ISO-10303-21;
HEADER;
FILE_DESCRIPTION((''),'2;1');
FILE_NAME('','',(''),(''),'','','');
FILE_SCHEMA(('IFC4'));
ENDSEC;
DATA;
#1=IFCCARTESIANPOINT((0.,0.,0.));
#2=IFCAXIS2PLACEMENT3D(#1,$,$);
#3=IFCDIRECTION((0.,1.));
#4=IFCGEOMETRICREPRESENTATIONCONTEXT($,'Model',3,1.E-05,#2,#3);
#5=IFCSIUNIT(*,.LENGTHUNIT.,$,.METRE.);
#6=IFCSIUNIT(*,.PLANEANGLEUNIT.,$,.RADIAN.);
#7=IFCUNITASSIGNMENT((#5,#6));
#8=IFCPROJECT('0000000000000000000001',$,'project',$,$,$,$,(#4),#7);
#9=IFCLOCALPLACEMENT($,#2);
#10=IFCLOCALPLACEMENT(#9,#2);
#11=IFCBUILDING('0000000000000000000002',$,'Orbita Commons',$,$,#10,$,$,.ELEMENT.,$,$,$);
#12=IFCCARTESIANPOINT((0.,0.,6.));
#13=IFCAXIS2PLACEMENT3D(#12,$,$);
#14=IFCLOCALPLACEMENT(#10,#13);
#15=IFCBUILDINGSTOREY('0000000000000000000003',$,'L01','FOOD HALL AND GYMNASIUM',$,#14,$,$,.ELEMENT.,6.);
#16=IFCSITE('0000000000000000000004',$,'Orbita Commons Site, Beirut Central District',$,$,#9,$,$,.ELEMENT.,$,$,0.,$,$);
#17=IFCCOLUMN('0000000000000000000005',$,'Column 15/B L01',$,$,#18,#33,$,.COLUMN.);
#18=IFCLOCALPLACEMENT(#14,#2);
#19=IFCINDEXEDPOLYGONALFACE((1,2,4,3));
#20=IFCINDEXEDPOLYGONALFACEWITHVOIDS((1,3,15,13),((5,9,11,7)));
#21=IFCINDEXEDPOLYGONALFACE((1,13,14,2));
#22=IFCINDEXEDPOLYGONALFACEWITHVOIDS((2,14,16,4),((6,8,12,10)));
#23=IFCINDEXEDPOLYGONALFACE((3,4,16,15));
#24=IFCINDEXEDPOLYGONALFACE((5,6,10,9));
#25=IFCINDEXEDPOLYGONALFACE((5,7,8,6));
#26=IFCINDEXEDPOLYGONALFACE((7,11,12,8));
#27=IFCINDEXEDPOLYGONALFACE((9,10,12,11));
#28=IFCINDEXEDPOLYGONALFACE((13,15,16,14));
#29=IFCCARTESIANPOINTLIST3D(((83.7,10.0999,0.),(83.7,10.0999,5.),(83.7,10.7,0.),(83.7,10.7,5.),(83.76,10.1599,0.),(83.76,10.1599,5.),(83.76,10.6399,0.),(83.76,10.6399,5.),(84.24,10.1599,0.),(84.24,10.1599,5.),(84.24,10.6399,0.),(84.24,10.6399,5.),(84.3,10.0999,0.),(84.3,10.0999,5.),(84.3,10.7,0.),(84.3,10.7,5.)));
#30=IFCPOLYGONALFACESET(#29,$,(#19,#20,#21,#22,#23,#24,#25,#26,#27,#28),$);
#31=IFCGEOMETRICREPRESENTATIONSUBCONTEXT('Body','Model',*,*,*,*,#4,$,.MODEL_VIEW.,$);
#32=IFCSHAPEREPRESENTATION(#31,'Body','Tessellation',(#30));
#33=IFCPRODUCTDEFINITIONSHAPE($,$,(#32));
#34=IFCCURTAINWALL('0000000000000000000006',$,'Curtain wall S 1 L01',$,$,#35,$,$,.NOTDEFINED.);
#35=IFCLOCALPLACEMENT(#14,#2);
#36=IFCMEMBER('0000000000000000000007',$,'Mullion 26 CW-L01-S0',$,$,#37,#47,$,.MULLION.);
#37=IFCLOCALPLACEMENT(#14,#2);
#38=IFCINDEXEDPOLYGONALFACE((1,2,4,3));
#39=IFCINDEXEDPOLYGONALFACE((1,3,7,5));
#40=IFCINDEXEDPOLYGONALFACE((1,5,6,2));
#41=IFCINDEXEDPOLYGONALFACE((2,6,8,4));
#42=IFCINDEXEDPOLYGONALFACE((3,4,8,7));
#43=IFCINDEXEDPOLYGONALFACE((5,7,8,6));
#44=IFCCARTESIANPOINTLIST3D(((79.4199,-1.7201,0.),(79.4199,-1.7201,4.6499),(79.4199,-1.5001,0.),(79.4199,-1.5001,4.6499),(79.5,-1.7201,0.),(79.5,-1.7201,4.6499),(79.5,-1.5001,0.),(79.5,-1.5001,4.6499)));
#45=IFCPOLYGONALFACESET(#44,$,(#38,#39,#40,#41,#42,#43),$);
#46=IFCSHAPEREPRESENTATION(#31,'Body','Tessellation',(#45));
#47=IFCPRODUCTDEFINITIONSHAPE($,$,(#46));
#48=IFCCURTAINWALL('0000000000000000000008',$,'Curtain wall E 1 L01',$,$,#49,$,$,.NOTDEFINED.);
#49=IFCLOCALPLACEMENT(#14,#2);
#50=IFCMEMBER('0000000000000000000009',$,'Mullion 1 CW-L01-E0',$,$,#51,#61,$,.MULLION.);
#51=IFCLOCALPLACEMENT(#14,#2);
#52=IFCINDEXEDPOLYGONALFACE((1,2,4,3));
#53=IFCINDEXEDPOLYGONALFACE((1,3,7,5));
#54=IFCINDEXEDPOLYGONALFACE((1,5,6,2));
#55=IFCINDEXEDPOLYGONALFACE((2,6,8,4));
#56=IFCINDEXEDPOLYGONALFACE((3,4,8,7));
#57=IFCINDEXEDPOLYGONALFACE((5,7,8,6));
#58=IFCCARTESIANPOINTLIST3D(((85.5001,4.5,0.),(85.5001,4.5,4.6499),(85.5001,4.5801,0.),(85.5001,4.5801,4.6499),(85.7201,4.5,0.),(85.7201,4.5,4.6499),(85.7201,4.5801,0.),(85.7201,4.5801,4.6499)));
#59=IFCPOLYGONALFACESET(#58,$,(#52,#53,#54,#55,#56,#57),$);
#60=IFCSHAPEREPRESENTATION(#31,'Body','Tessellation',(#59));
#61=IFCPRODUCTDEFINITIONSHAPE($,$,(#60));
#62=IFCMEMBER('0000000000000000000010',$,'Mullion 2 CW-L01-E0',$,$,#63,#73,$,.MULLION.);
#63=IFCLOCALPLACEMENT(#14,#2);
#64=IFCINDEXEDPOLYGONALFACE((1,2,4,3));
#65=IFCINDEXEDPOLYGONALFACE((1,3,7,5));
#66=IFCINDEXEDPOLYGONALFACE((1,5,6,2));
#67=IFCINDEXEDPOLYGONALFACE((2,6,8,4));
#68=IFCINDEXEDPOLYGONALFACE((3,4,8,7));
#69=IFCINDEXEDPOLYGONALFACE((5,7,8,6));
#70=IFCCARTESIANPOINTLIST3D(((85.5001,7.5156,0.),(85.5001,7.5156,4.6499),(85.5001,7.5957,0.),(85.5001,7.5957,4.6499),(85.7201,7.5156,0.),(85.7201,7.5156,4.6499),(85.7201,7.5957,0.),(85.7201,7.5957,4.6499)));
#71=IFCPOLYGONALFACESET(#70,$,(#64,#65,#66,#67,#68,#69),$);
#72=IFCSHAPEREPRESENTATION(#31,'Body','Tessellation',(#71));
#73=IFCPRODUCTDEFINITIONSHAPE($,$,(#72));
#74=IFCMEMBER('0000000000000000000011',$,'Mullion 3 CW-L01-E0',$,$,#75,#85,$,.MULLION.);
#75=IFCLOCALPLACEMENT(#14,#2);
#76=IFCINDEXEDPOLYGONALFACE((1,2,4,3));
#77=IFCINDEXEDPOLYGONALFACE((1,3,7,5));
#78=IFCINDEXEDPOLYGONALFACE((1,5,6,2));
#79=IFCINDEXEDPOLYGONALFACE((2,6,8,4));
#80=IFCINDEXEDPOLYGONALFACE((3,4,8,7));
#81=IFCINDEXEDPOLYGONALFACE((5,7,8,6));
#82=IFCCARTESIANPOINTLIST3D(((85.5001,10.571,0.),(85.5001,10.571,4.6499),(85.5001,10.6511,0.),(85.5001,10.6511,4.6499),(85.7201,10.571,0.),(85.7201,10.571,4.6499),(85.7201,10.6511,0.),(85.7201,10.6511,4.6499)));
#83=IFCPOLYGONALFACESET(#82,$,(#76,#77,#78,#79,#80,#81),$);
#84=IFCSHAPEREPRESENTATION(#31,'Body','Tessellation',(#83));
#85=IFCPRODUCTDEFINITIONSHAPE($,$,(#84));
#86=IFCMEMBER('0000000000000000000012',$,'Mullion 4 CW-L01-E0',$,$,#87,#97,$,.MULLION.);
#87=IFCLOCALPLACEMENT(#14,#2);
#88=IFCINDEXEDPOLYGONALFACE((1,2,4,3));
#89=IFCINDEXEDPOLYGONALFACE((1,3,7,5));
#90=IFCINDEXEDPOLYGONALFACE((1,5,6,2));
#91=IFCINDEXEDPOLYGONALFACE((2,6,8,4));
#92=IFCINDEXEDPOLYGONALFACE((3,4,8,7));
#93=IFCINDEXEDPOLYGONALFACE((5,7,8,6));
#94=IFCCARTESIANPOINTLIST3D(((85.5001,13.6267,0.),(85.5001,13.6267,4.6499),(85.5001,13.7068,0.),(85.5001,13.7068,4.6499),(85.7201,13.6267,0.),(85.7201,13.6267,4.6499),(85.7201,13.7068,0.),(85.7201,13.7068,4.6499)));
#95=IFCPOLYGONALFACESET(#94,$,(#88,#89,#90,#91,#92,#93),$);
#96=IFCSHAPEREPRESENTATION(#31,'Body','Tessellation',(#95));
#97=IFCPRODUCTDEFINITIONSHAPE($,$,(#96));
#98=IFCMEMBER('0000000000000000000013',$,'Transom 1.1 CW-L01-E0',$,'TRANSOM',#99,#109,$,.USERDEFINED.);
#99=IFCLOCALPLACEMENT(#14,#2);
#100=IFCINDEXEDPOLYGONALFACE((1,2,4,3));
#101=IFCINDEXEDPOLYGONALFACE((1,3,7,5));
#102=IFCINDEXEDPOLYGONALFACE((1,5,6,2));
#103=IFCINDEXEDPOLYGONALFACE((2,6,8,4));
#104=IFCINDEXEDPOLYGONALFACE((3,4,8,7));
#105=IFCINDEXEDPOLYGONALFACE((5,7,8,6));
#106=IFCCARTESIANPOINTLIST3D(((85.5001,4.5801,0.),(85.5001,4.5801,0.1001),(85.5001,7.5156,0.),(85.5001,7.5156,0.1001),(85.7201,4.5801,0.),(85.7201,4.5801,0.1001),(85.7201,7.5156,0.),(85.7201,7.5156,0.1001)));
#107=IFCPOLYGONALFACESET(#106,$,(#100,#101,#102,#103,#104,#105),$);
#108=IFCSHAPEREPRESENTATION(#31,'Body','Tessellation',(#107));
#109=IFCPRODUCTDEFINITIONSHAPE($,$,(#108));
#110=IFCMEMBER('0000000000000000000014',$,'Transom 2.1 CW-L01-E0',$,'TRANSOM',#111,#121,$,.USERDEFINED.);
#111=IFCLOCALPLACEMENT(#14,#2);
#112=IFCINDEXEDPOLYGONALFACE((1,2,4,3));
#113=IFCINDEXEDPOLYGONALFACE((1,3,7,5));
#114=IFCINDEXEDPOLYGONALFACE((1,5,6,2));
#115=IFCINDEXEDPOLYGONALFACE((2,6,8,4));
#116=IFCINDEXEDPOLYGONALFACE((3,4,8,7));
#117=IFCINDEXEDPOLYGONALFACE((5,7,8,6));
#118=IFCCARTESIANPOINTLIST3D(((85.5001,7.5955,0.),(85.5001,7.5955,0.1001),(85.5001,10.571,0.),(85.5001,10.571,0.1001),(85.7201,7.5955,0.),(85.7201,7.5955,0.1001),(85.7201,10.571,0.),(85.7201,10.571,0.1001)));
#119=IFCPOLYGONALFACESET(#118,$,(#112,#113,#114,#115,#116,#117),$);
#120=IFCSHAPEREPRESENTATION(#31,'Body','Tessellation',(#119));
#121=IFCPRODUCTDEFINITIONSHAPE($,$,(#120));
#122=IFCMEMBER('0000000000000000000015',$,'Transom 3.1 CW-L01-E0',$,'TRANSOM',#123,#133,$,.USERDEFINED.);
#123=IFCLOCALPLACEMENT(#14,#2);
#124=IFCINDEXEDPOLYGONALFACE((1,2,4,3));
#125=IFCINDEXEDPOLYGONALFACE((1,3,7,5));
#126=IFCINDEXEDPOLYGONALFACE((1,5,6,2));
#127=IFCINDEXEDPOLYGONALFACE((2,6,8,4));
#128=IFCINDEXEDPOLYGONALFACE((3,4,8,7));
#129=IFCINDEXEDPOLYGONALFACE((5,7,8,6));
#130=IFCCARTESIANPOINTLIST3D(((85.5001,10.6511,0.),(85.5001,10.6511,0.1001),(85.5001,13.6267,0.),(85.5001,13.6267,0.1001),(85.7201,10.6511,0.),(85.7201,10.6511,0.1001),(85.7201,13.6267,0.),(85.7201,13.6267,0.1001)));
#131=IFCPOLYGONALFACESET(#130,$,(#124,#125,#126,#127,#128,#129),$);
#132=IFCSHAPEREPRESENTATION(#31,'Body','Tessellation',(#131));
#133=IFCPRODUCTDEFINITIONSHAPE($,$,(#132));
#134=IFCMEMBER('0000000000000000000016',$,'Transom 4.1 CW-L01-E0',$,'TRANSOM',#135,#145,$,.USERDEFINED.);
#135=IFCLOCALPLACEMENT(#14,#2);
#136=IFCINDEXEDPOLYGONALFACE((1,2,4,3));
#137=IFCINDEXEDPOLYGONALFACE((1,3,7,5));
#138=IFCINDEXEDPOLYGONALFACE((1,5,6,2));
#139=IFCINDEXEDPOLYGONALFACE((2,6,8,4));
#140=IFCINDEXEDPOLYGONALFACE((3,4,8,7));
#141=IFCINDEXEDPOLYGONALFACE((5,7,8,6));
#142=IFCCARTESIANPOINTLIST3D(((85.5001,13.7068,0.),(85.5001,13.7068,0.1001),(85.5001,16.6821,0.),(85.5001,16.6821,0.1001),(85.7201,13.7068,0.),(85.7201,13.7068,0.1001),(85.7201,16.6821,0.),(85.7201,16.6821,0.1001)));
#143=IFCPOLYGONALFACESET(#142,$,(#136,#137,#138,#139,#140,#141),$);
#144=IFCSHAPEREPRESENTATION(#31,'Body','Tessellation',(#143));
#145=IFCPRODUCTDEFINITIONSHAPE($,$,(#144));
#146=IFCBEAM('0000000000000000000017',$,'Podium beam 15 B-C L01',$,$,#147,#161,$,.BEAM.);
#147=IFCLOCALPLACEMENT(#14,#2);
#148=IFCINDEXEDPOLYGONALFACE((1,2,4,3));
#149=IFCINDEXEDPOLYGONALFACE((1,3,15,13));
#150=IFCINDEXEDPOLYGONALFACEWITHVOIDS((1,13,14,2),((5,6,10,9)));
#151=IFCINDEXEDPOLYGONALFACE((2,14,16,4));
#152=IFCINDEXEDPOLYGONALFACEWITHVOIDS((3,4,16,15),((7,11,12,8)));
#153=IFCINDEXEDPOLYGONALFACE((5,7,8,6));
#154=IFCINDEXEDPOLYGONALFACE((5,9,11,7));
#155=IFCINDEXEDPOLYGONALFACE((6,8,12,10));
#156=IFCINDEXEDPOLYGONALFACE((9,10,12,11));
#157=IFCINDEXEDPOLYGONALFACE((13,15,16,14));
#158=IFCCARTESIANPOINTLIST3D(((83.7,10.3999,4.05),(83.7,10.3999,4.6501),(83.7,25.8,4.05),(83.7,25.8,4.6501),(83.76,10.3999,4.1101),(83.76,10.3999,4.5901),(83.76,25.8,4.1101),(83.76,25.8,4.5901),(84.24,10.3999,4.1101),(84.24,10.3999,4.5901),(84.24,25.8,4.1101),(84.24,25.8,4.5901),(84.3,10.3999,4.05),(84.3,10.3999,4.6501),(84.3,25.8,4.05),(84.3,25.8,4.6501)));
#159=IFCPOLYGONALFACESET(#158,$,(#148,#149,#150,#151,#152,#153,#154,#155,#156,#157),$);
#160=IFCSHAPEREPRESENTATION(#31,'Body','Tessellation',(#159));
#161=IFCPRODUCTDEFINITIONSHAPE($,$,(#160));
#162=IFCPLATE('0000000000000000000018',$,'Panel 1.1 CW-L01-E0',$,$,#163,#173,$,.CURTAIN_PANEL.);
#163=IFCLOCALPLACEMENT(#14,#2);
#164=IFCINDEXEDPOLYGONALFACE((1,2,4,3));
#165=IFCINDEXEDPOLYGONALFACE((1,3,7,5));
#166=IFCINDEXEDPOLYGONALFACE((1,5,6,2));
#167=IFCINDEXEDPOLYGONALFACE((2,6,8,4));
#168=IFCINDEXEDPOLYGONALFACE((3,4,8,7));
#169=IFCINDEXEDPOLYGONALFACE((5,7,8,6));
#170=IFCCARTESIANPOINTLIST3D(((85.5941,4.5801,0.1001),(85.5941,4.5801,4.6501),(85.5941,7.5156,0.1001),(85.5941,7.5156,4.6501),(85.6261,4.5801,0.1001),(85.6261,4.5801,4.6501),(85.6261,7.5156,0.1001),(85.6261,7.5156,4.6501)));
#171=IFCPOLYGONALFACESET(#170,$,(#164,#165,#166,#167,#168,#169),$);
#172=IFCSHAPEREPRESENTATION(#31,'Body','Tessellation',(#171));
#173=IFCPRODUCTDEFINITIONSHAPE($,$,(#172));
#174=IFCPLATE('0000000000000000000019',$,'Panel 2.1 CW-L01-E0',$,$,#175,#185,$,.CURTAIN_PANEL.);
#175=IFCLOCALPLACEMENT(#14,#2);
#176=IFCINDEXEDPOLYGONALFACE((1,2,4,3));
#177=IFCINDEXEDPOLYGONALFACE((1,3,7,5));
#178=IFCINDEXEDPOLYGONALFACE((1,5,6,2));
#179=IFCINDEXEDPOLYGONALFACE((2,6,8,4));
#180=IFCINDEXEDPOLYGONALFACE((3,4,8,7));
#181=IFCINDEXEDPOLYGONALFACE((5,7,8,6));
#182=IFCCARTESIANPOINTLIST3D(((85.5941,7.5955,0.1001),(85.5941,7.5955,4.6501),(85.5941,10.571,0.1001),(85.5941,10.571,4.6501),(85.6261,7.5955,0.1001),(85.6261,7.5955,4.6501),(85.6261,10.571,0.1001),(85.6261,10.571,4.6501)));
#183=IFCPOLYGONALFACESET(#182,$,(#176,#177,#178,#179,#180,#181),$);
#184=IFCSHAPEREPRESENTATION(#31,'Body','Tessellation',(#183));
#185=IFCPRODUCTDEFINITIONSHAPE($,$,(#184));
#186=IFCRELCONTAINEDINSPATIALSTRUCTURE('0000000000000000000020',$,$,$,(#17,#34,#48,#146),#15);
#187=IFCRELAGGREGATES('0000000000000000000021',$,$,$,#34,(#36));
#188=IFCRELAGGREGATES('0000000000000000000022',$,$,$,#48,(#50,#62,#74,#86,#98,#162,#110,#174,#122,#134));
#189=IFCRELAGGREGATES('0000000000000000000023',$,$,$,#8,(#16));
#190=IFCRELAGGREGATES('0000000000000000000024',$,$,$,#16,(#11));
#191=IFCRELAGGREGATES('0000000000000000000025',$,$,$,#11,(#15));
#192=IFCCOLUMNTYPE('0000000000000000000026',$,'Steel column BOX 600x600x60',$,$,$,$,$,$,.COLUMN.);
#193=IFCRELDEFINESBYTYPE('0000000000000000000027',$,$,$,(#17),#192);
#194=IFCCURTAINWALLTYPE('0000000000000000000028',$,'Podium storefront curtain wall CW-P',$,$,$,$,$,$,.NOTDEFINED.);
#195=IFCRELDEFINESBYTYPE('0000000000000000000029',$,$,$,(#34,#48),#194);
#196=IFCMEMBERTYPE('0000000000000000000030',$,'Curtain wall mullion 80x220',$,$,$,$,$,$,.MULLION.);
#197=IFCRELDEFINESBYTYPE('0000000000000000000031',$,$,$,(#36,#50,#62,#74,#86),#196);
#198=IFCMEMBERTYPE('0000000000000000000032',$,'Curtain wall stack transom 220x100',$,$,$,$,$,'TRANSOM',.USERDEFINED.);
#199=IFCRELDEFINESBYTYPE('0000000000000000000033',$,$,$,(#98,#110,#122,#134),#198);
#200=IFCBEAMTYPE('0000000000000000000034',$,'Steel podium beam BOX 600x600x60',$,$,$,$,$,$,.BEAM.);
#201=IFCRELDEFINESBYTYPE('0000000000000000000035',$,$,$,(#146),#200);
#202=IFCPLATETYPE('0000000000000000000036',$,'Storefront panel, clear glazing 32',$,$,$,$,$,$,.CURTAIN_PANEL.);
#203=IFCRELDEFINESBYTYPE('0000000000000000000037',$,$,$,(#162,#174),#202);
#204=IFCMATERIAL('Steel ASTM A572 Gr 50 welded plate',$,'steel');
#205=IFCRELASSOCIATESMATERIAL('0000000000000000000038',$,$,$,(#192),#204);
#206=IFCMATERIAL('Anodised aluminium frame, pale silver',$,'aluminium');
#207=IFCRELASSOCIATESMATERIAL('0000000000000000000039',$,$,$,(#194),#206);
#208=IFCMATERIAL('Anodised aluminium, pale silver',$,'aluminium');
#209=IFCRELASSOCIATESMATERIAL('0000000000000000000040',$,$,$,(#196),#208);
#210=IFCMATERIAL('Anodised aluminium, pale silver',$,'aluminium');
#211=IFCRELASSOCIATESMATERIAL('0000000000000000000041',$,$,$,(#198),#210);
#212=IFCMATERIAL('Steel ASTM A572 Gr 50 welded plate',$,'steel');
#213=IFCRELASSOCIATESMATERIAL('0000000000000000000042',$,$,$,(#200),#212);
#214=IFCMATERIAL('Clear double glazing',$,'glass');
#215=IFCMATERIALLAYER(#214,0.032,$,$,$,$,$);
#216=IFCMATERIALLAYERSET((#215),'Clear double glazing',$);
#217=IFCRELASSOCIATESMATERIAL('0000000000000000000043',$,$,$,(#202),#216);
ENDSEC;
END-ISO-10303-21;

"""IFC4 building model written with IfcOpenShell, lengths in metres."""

from ifc_helpers import new_model, si_unit, direction, frame, origin, origin_2d, place, context, subcontext, project, spatial, rectangle, hollow_rectangle, extrude, material, layer, layer_set, material_profile, profile_set, type_object, element, aggregate, save


model = new_model("IFC4")

# Units and contexts
model_context = context("Model", 3, precision=1e-05, world=origin(), true_north=direction((0.0, 1.0)))
body_context = subcontext(model_context, "Body", "Model", "MODEL_VIEW")
ifc_project = project(units=[si_unit("LENGTHUNIT", "METRE"), si_unit("PLANEANGLEUNIT", "RADIAN")], contexts=[model_context])

# Site, building, storey
site_placement = place(None, origin())
site = spatial("IfcSite", under=ifc_project, at=site_placement, Name="Orbita Commons Site, Beirut Central District", CompositionType="ELEMENT", RefElevation=0.0)
building_placement = place(site_placement, origin())
building = spatial("IfcBuilding", under=site, at=building_placement, Name="Orbita Commons", CompositionType="ELEMENT")
storey_placement = place(building_placement, frame((0.0, 0.0, 6.0)))
storey = spatial("IfcBuildingStorey", under=building, at=storey_placement, Name="L01", Description="FOOD HALL AND GYMNASIUM", CompositionType="ELEMENT", Elevation=6.0)

# Column
ifc_material_1 = material(Name="Steel ASTM A572 Gr 50 welded plate", Category="steel")
ifc_material_profile_1 = material_profile(ifc_material_1, hollow_rectangle(XDim=0.6001, YDim=0.6001, WallThickness=0.0601, at=origin_2d()), Name="BOX 600x600x60")
ifc_profile_set_1 = profile_set([ifc_material_profile_1], Name="Steel ASTM A572 Gr 50 welded plate")
column_type = type_object("IfcColumnType", Name="Steel column BOX 600x600x60", PredefinedType="COLUMN", material=ifc_profile_set_1)
column_placement = place(storey_placement, frame((84.0, 10.3999, 0.0), z_axis=(0.0, 0.0, 1.0), x_axis=(1.0, 0.0, 0.0)))
element("IfcColumn", 1, at=column_placement, inside=storey, type_object=column_type, Name="Column 15/B L01", PredefinedType="COLUMN", context=body_context, shape_type="SweptSolid", body=[
    extrude(hollow_rectangle(XDim=0.6001, YDim=0.6001, WallThickness=0.0601, at=origin_2d()), origin(), (0.0, 0.0, 1.0), 5.0),
])

# Curtain wall, member
ifc_material_2 = material(Name="Anodised aluminium frame, pale silver", Category="aluminium")
curtain_wall_type = type_object("IfcCurtainWallType", Name="Podium storefront curtain wall CW-P", PredefinedType="NOTDEFINED", material=ifc_material_2)
curtain_wall_1_placement = place(storey_placement, origin())
curtain_wall_1 = element("IfcCurtainWall", 2, at=curtain_wall_1_placement, inside=storey, type_object=curtain_wall_type, Name="Curtain wall S 1 L01", PredefinedType="NOTDEFINED")
ifc_material_3 = material(Name="Anodised aluminium, pale silver", Category="aluminium")
ifc_material_profile_2 = material_profile(ifc_material_3, rectangle(XDim=0.0801, YDim=0.22, at=origin_2d()), Name="AL 80x220")
ifc_profile_set_2 = profile_set([ifc_material_profile_2], Name="Anodised aluminium, pale silver")
member_type_1 = type_object("IfcMemberType", Name="Curtain wall mullion 80x220", PredefinedType="MULLION", material=ifc_profile_set_2)
member_1_placement = place(storey_placement, frame((79.46, -1.6101, 0.0), z_axis=(0.0, 0.0, 1.0), x_axis=(1.0, 0.0, 0.0)))
member_1 = element("IfcMember", 3, at=member_1_placement, type_object=member_type_1, Name="Mullion 26 CW-L01-S0", PredefinedType="MULLION", context=body_context, shape_type="SweptSolid", body=[
    extrude(rectangle(XDim=0.0801, YDim=0.22, at=origin_2d()), origin(), (0.0, 0.0, 1.0), 4.6499),
])
aggregate(curtain_wall_1, [member_1])

# Curtain wall, members
curtain_wall_2_placement = place(storey_placement, origin())
curtain_wall_2 = element("IfcCurtainWall", 4, at=curtain_wall_2_placement, inside=storey, type_object=curtain_wall_type, Name="Curtain wall E 1 L01", PredefinedType="NOTDEFINED")
member_2_placement = place(storey_placement, frame((85.6101, 4.54, 0.0), z_axis=(0.0, 0.0, 1.0), x_axis=(0.0, 1.0, 0.0)))
member_2 = element("IfcMember", 5, at=member_2_placement, type_object=member_type_1, Name="Mullion 1 CW-L01-E0", PredefinedType="MULLION", context=body_context, shape_type="SweptSolid", body=[
    extrude(rectangle(XDim=0.0801, YDim=0.22, at=origin_2d()), origin(), (0.0, 0.0, 1.0), 4.6499),
])
member_3_placement = place(storey_placement, frame((85.6101, 7.5557, 0.0), z_axis=(0.0, 0.0, 1.0), x_axis=(0.0, 1.0, 0.0)))
member_3 = element("IfcMember", 6, at=member_3_placement, type_object=member_type_1, Name="Mullion 2 CW-L01-E0", PredefinedType="MULLION", context=body_context, shape_type="SweptSolid", body=[
    extrude(rectangle(XDim=0.0801, YDim=0.22, at=origin_2d()), origin(), (0.0, 0.0, 1.0), 4.6499),
])
member_4_placement = place(storey_placement, frame((85.6101, 10.6111, 0.0), z_axis=(0.0, 0.0, 1.0), x_axis=(0.0, 1.0, 0.0)))
member_4 = element("IfcMember", 7, at=member_4_placement, type_object=member_type_1, Name="Mullion 3 CW-L01-E0", PredefinedType="MULLION", context=body_context, shape_type="SweptSolid", body=[
    extrude(rectangle(XDim=0.0801, YDim=0.22, at=origin_2d()), origin(), (0.0, 0.0, 1.0), 4.6499),
])
member_5_placement = place(storey_placement, frame((85.6101, 13.6667, 0.0), z_axis=(0.0, 0.0, 1.0), x_axis=(0.0, 1.0, 0.0)))
member_5 = element("IfcMember", 8, at=member_5_placement, type_object=member_type_1, Name="Mullion 4 CW-L01-E0", PredefinedType="MULLION", context=body_context, shape_type="SweptSolid", body=[
    extrude(rectangle(XDim=0.0801, YDim=0.22, at=origin_2d()), origin(), (0.0, 0.0, 1.0), 4.6499),
])
ifc_material_4 = material(Name="Anodised aluminium, pale silver", Category="aluminium")
ifc_material_profile_3 = material_profile(ifc_material_4, rectangle(XDim=0.22, YDim=0.1001, at=origin_2d()), Name="AL 220x100")
ifc_profile_set_3 = profile_set([ifc_material_profile_3], Name="Anodised aluminium, pale silver")
member_type_2 = type_object("IfcMemberType", Name="Curtain wall stack transom 220x100", ElementType="TRANSOM", PredefinedType="USERDEFINED", material=ifc_profile_set_3)
member_6_placement = place(storey_placement, frame((85.6101, 4.5801, 0.05), z_axis=(0.0, 1.0, 0.0), x_axis=(-1.0, 0.0, 0.0)))
member_6 = element("IfcMember", 9, at=member_6_placement, type_object=member_type_2, Name="Transom 1.1 CW-L01-E0", ObjectType="TRANSOM", PredefinedType="USERDEFINED", context=body_context, shape_type="SweptSolid", body=[
    extrude(rectangle(XDim=0.22, YDim=0.1001, at=origin_2d()), origin(), (0.0, 0.0, 1.0), 2.9355),
])
member_7_placement = place(storey_placement, frame((85.6101, 7.5955, 0.05), z_axis=(0.0, 1.0, 0.0), x_axis=(-1.0, 0.0, 0.0)))
member_7 = element("IfcMember", 10, at=member_7_placement, type_object=member_type_2, Name="Transom 2.1 CW-L01-E0", ObjectType="TRANSOM", PredefinedType="USERDEFINED", context=body_context, shape_type="SweptSolid", body=[
    extrude(rectangle(XDim=0.22, YDim=0.1001, at=origin_2d()), origin(), (0.0, 0.0, 1.0), 2.9756),
])
member_8_placement = place(storey_placement, frame((85.6101, 10.6511, 0.05), z_axis=(0.0, 1.0, 0.0), x_axis=(-1.0, 0.0, 0.0)))
member_8 = element("IfcMember", 11, at=member_8_placement, type_object=member_type_2, Name="Transom 3.1 CW-L01-E0", ObjectType="TRANSOM", PredefinedType="USERDEFINED", context=body_context, shape_type="SweptSolid", body=[
    extrude(rectangle(XDim=0.22, YDim=0.1001, at=origin_2d()), origin(), (0.0, 0.0, 1.0), 2.9756),
])
member_9_placement = place(storey_placement, frame((85.6101, 13.7068, 0.05), z_axis=(0.0, 1.0, 0.0), x_axis=(-1.0, 0.0, 0.0)))
member_9 = element("IfcMember", 12, at=member_9_placement, type_object=member_type_2, Name="Transom 4.1 CW-L01-E0", ObjectType="TRANSOM", PredefinedType="USERDEFINED", context=body_context, shape_type="SweptSolid", body=[
    extrude(rectangle(XDim=0.22, YDim=0.1001, at=origin_2d()), origin(), (0.0, 0.0, 1.0), 2.9753),
])

# Beam
ifc_material_5 = material(Name="Steel ASTM A572 Gr 50 welded plate", Category="steel")
ifc_material_profile_4 = material_profile(ifc_material_5, hollow_rectangle(XDim=0.6001, YDim=0.6001, WallThickness=0.0601, at=origin_2d()), Name="BOX 600x600x60")
ifc_profile_set_4 = profile_set([ifc_material_profile_4], Name="Steel ASTM A572 Gr 50 welded plate")
beam_type = type_object("IfcBeamType", Name="Steel podium beam BOX 600x600x60", PredefinedType="BEAM", material=ifc_profile_set_4)
beam_placement = place(storey_placement, frame((84.0, 10.3999, 4.3501), z_axis=(0.0, 1.0, 0.0), x_axis=(-1.0, 0.0, 0.0)))
element("IfcBeam", 13, at=beam_placement, inside=storey, type_object=beam_type, Name="Podium beam 15 B-C L01", PredefinedType="BEAM", context=body_context, shape_type="SweptSolid", body=[
    extrude(hollow_rectangle(XDim=0.6001, YDim=0.6001, WallThickness=0.0601, at=origin_2d()), origin(), (0.0, 0.0, 1.0), 15.4001),
])

# Plates
ifc_material_6 = material(Name="Clear double glazing", Category="glass")
ifc_layer_1 = layer(ifc_material_6, 0.032)
ifc_layer_set_1 = layer_set([ifc_layer_1], Name="Clear double glazing")
plate_type = type_object("IfcPlateType", Name="Storefront panel, clear glazing 32", PredefinedType="CURTAIN_PANEL", material=ifc_layer_set_1)
plate_1_placement = place(storey_placement, frame((85.6101, 6.0479, 0.1001), z_axis=(0.0, 0.0, 1.0), x_axis=(0.0, 1.0, 0.0)))
plate_1 = element("IfcPlate", 14, at=plate_1_placement, type_object=plate_type, Name="Panel 1.1 CW-L01-E0", PredefinedType="CURTAIN_PANEL", context=body_context, shape_type="SweptSolid", body=[
    extrude(rectangle(XDim=2.9355, YDim=0.032, at=origin_2d()), origin(), (0.0, 0.0, 1.0), 4.55),
])
plate_2_placement = place(storey_placement, frame((85.6101, 9.0833, 0.1001), z_axis=(0.0, 0.0, 1.0), x_axis=(0.0, 1.0, 0.0)))
plate_2 = element("IfcPlate", 15, at=plate_2_placement, type_object=plate_type, Name="Panel 2.1 CW-L01-E0", PredefinedType="CURTAIN_PANEL", context=body_context, shape_type="SweptSolid", body=[
    extrude(rectangle(XDim=2.9756, YDim=0.032, at=origin_2d()), origin(), (0.0, 0.0, 1.0), 4.55),
])
aggregate(curtain_wall_2, [member_2, member_3, member_4, member_5, member_6, plate_1, member_7, plate_2, member_8, member_9])

save(model, "model.ifc")
